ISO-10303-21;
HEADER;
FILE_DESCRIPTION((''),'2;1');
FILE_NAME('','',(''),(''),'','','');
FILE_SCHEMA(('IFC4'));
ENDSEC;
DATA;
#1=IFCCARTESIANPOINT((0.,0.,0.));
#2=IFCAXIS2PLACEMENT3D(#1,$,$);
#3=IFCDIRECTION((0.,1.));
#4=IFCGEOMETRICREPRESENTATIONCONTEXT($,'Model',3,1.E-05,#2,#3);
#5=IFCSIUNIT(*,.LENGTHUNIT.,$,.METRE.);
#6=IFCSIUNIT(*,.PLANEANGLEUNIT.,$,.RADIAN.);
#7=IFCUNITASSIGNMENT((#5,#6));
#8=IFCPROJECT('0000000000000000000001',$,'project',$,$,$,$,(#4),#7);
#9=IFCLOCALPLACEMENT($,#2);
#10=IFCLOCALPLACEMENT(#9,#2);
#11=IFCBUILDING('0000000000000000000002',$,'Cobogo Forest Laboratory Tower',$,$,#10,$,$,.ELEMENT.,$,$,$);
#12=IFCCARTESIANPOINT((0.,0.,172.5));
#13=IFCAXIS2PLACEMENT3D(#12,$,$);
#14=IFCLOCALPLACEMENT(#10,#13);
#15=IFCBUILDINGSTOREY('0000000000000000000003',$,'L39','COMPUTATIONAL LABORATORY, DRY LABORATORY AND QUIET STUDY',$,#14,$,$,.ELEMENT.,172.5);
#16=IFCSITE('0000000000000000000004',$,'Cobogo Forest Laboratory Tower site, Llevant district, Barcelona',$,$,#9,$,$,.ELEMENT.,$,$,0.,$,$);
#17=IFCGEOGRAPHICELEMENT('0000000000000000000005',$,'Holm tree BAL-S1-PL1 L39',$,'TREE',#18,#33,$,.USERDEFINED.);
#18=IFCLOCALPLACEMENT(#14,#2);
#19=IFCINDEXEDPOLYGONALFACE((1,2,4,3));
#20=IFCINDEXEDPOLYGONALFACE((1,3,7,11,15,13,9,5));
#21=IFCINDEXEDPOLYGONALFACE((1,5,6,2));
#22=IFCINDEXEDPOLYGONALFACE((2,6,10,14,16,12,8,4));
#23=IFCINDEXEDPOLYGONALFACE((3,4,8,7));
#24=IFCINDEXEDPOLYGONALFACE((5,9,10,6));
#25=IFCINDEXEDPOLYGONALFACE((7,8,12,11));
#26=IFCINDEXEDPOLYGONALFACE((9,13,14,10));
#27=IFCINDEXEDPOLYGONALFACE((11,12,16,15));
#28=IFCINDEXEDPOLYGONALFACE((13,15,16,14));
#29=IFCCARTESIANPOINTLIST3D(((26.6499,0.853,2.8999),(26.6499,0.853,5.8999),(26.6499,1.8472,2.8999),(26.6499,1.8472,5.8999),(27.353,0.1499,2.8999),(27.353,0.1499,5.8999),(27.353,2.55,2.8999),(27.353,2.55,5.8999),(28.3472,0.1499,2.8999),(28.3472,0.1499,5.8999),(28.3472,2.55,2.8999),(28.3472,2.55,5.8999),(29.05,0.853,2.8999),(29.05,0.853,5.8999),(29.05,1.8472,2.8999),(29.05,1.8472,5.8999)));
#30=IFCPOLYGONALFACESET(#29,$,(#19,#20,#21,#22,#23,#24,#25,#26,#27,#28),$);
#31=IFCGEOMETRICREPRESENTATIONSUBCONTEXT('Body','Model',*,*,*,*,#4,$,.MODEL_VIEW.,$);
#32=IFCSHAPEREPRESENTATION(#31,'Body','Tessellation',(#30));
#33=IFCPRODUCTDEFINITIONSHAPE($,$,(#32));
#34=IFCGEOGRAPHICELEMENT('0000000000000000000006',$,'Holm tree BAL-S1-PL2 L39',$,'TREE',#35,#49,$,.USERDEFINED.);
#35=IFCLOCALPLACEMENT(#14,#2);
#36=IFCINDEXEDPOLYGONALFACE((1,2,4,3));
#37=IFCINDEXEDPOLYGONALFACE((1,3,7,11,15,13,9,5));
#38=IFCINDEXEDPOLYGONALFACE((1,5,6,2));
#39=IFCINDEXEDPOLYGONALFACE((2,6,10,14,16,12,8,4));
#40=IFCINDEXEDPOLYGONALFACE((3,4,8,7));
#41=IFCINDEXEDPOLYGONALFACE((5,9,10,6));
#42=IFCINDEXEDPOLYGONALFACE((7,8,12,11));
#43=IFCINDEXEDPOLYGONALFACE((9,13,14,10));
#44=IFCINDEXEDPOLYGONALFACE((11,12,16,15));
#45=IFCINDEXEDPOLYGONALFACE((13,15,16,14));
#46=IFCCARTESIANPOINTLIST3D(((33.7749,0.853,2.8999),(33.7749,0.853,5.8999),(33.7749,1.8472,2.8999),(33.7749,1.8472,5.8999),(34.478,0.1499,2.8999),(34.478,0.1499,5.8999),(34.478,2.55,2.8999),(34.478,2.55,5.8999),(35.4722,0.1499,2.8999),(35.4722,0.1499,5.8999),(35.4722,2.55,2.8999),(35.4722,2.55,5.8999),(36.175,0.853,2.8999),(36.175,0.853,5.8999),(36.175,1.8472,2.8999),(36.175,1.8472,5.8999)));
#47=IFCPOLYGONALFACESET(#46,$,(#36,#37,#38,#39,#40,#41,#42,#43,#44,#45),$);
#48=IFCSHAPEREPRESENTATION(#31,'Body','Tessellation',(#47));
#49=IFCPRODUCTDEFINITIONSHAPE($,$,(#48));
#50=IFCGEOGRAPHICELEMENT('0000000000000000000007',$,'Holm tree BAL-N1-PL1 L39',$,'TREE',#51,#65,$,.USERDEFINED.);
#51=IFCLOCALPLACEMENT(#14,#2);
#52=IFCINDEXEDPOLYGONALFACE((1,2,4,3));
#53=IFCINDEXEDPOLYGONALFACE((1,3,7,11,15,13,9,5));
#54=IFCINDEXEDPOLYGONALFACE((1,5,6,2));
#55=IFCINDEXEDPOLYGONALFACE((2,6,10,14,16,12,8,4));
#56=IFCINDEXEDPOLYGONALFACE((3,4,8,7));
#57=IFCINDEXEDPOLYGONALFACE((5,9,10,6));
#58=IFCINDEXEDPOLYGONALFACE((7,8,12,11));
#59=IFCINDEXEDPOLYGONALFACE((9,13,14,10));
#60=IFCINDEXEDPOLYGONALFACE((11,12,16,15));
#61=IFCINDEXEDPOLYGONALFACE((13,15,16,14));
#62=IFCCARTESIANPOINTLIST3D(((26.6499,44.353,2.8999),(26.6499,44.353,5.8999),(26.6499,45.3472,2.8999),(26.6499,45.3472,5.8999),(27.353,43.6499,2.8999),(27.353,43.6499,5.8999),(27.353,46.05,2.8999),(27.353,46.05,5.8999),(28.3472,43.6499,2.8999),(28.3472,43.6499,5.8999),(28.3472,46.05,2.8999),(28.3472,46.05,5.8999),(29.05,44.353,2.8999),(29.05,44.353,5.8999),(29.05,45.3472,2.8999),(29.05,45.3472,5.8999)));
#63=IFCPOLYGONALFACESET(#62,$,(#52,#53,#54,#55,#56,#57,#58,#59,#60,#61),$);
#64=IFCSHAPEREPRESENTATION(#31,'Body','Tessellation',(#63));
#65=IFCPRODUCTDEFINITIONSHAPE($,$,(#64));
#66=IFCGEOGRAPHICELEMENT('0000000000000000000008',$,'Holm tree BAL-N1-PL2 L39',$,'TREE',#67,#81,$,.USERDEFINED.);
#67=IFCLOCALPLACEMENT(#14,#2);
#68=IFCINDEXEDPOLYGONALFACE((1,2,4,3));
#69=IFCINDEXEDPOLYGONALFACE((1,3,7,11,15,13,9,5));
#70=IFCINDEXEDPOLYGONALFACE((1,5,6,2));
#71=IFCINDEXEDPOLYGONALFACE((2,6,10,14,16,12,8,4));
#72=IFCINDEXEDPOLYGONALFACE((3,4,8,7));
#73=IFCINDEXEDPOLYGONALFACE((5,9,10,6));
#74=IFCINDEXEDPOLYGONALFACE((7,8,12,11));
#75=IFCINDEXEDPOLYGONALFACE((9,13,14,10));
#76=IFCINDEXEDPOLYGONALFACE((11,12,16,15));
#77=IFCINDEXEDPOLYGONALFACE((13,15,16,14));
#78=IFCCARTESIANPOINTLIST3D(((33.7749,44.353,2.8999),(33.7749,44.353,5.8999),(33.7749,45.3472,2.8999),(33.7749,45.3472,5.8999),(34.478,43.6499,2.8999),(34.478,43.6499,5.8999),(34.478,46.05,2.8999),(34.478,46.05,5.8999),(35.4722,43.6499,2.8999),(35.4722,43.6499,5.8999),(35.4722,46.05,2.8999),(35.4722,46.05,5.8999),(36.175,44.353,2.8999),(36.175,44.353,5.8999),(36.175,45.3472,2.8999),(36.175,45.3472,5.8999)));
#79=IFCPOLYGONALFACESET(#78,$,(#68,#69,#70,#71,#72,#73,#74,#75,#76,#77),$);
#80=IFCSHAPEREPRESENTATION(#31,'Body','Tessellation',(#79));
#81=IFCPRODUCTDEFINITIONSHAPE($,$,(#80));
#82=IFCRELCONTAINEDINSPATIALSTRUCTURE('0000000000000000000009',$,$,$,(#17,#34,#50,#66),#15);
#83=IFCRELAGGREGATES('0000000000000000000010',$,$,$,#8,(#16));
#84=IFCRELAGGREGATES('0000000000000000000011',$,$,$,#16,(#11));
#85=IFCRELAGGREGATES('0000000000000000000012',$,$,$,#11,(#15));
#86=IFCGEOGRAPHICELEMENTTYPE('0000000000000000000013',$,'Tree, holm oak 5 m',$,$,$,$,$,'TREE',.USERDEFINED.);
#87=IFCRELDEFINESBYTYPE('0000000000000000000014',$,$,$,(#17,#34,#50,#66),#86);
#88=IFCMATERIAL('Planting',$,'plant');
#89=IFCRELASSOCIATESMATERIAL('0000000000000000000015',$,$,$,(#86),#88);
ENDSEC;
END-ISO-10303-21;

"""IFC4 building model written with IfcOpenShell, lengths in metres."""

from ifc_helpers import new_model, si_unit, direction, frame, origin, place, context, subcontext, project, spatial, polyline, outline, extrude, material, type_object, element, save


model = new_model("IFC4")

# Units and contexts
model_context = context("Model", 3, precision=1e-05, world=origin(), true_north=direction((0.0, 1.0)))
body_context = subcontext(model_context, "Body", "Model", "MODEL_VIEW")
ifc_project = project(units=[si_unit("LENGTHUNIT", "METRE"), si_unit("PLANEANGLEUNIT", "RADIAN")], contexts=[model_context])

# Site, building, storey
site_placement = place(None, origin())
site = spatial("IfcSite", under=ifc_project, at=site_placement, Name="Cobogo Forest Laboratory Tower site, Llevant district, Barcelona", CompositionType="ELEMENT", RefElevation=0.0)
building_placement = place(site_placement, origin())
building = spatial("IfcBuilding", under=site, at=building_placement, Name="Cobogo Forest Laboratory Tower", CompositionType="ELEMENT")
storey_placement = place(building_placement, frame((0.0, 0.0, 172.5)))
storey = spatial("IfcBuildingStorey", under=building, at=storey_placement, Name="L39", Description="COMPUTATIONAL LABORATORY, DRY LABORATORY AND QUIET STUDY", CompositionType="ELEMENT", Elevation=172.5)

# Geographic elements
ifc_material_1 = material(Name="Planting", Category="plant")
geographic_element_type = type_object("IfcGeographicElementType", Name="Tree, holm oak 5 m", ElementType="TREE", PredefinedType="USERDEFINED", material=ifc_material_1)
geographic_element_1_placement = place(storey_placement, frame((0.0, 0.0, 2.8999)))
element("IfcGeographicElement", 1, at=geographic_element_1_placement, inside=storey, type_object=geographic_element_type, Name="Holm tree BAL-S1-PL1 L39", ObjectType="TREE", PredefinedType="USERDEFINED", context=body_context, shape_type="SweptSolid", body=[
    extrude(outline(polyline([(29.05, 0.853), (29.05, 1.8472), (28.3472, 2.55), (27.353, 2.55), (26.6499, 1.8472), (26.6499, 0.853), (27.353, 0.1499), (28.3472, 0.1499), (29.05, 0.853)])), origin(), (0.0, 0.0, 1.0), 3.0),
])
geographic_element_2_placement = place(storey_placement, frame((0.0, 0.0, 2.8999)))
element("IfcGeographicElement", 2, at=geographic_element_2_placement, inside=storey, type_object=geographic_element_type, Name="Holm tree BAL-S1-PL2 L39", ObjectType="TREE", PredefinedType="USERDEFINED", context=body_context, shape_type="SweptSolid", body=[
    extrude(outline(polyline([(36.175, 0.853), (36.175, 1.8472), (35.4722, 2.55), (34.478, 2.55), (33.7749, 1.8472), (33.7749, 0.853), (34.478, 0.1499), (35.4722, 0.1499), (36.175, 0.853)])), origin(), (0.0, 0.0, 1.0), 3.0),
])
geographic_element_3_placement = place(storey_placement, frame((0.0, 0.0, 2.8999)))
element("IfcGeographicElement", 3, at=geographic_element_3_placement, inside=storey, type_object=geographic_element_type, Name="Holm tree BAL-N1-PL1 L39", ObjectType="TREE", PredefinedType="USERDEFINED", context=body_context, shape_type="SweptSolid", body=[
    extrude(outline(polyline([(29.05, 44.353), (29.05, 45.3472), (28.3472, 46.05), (27.353, 46.05), (26.6499, 45.3472), (26.6499, 44.353), (27.353, 43.6499), (28.3472, 43.6499), (29.05, 44.353)])), origin(), (0.0, 0.0, 1.0), 3.0),
])
geographic_element_4_placement = place(storey_placement, frame((0.0, 0.0, 2.8999)))
element("IfcGeographicElement", 4, at=geographic_element_4_placement, inside=storey, type_object=geographic_element_type, Name="Holm tree BAL-N1-PL2 L39", ObjectType="TREE", PredefinedType="USERDEFINED", context=body_context, shape_type="SweptSolid", body=[
    extrude(outline(polyline([(36.175, 44.353), (36.175, 45.3472), (35.4722, 46.05), (34.478, 46.05), (33.7749, 45.3472), (33.7749, 44.353), (34.478, 43.6499), (35.4722, 43.6499), (36.175, 44.353)])), origin(), (0.0, 0.0, 1.0), 3.0),
])

save(model, "model.ifc")
